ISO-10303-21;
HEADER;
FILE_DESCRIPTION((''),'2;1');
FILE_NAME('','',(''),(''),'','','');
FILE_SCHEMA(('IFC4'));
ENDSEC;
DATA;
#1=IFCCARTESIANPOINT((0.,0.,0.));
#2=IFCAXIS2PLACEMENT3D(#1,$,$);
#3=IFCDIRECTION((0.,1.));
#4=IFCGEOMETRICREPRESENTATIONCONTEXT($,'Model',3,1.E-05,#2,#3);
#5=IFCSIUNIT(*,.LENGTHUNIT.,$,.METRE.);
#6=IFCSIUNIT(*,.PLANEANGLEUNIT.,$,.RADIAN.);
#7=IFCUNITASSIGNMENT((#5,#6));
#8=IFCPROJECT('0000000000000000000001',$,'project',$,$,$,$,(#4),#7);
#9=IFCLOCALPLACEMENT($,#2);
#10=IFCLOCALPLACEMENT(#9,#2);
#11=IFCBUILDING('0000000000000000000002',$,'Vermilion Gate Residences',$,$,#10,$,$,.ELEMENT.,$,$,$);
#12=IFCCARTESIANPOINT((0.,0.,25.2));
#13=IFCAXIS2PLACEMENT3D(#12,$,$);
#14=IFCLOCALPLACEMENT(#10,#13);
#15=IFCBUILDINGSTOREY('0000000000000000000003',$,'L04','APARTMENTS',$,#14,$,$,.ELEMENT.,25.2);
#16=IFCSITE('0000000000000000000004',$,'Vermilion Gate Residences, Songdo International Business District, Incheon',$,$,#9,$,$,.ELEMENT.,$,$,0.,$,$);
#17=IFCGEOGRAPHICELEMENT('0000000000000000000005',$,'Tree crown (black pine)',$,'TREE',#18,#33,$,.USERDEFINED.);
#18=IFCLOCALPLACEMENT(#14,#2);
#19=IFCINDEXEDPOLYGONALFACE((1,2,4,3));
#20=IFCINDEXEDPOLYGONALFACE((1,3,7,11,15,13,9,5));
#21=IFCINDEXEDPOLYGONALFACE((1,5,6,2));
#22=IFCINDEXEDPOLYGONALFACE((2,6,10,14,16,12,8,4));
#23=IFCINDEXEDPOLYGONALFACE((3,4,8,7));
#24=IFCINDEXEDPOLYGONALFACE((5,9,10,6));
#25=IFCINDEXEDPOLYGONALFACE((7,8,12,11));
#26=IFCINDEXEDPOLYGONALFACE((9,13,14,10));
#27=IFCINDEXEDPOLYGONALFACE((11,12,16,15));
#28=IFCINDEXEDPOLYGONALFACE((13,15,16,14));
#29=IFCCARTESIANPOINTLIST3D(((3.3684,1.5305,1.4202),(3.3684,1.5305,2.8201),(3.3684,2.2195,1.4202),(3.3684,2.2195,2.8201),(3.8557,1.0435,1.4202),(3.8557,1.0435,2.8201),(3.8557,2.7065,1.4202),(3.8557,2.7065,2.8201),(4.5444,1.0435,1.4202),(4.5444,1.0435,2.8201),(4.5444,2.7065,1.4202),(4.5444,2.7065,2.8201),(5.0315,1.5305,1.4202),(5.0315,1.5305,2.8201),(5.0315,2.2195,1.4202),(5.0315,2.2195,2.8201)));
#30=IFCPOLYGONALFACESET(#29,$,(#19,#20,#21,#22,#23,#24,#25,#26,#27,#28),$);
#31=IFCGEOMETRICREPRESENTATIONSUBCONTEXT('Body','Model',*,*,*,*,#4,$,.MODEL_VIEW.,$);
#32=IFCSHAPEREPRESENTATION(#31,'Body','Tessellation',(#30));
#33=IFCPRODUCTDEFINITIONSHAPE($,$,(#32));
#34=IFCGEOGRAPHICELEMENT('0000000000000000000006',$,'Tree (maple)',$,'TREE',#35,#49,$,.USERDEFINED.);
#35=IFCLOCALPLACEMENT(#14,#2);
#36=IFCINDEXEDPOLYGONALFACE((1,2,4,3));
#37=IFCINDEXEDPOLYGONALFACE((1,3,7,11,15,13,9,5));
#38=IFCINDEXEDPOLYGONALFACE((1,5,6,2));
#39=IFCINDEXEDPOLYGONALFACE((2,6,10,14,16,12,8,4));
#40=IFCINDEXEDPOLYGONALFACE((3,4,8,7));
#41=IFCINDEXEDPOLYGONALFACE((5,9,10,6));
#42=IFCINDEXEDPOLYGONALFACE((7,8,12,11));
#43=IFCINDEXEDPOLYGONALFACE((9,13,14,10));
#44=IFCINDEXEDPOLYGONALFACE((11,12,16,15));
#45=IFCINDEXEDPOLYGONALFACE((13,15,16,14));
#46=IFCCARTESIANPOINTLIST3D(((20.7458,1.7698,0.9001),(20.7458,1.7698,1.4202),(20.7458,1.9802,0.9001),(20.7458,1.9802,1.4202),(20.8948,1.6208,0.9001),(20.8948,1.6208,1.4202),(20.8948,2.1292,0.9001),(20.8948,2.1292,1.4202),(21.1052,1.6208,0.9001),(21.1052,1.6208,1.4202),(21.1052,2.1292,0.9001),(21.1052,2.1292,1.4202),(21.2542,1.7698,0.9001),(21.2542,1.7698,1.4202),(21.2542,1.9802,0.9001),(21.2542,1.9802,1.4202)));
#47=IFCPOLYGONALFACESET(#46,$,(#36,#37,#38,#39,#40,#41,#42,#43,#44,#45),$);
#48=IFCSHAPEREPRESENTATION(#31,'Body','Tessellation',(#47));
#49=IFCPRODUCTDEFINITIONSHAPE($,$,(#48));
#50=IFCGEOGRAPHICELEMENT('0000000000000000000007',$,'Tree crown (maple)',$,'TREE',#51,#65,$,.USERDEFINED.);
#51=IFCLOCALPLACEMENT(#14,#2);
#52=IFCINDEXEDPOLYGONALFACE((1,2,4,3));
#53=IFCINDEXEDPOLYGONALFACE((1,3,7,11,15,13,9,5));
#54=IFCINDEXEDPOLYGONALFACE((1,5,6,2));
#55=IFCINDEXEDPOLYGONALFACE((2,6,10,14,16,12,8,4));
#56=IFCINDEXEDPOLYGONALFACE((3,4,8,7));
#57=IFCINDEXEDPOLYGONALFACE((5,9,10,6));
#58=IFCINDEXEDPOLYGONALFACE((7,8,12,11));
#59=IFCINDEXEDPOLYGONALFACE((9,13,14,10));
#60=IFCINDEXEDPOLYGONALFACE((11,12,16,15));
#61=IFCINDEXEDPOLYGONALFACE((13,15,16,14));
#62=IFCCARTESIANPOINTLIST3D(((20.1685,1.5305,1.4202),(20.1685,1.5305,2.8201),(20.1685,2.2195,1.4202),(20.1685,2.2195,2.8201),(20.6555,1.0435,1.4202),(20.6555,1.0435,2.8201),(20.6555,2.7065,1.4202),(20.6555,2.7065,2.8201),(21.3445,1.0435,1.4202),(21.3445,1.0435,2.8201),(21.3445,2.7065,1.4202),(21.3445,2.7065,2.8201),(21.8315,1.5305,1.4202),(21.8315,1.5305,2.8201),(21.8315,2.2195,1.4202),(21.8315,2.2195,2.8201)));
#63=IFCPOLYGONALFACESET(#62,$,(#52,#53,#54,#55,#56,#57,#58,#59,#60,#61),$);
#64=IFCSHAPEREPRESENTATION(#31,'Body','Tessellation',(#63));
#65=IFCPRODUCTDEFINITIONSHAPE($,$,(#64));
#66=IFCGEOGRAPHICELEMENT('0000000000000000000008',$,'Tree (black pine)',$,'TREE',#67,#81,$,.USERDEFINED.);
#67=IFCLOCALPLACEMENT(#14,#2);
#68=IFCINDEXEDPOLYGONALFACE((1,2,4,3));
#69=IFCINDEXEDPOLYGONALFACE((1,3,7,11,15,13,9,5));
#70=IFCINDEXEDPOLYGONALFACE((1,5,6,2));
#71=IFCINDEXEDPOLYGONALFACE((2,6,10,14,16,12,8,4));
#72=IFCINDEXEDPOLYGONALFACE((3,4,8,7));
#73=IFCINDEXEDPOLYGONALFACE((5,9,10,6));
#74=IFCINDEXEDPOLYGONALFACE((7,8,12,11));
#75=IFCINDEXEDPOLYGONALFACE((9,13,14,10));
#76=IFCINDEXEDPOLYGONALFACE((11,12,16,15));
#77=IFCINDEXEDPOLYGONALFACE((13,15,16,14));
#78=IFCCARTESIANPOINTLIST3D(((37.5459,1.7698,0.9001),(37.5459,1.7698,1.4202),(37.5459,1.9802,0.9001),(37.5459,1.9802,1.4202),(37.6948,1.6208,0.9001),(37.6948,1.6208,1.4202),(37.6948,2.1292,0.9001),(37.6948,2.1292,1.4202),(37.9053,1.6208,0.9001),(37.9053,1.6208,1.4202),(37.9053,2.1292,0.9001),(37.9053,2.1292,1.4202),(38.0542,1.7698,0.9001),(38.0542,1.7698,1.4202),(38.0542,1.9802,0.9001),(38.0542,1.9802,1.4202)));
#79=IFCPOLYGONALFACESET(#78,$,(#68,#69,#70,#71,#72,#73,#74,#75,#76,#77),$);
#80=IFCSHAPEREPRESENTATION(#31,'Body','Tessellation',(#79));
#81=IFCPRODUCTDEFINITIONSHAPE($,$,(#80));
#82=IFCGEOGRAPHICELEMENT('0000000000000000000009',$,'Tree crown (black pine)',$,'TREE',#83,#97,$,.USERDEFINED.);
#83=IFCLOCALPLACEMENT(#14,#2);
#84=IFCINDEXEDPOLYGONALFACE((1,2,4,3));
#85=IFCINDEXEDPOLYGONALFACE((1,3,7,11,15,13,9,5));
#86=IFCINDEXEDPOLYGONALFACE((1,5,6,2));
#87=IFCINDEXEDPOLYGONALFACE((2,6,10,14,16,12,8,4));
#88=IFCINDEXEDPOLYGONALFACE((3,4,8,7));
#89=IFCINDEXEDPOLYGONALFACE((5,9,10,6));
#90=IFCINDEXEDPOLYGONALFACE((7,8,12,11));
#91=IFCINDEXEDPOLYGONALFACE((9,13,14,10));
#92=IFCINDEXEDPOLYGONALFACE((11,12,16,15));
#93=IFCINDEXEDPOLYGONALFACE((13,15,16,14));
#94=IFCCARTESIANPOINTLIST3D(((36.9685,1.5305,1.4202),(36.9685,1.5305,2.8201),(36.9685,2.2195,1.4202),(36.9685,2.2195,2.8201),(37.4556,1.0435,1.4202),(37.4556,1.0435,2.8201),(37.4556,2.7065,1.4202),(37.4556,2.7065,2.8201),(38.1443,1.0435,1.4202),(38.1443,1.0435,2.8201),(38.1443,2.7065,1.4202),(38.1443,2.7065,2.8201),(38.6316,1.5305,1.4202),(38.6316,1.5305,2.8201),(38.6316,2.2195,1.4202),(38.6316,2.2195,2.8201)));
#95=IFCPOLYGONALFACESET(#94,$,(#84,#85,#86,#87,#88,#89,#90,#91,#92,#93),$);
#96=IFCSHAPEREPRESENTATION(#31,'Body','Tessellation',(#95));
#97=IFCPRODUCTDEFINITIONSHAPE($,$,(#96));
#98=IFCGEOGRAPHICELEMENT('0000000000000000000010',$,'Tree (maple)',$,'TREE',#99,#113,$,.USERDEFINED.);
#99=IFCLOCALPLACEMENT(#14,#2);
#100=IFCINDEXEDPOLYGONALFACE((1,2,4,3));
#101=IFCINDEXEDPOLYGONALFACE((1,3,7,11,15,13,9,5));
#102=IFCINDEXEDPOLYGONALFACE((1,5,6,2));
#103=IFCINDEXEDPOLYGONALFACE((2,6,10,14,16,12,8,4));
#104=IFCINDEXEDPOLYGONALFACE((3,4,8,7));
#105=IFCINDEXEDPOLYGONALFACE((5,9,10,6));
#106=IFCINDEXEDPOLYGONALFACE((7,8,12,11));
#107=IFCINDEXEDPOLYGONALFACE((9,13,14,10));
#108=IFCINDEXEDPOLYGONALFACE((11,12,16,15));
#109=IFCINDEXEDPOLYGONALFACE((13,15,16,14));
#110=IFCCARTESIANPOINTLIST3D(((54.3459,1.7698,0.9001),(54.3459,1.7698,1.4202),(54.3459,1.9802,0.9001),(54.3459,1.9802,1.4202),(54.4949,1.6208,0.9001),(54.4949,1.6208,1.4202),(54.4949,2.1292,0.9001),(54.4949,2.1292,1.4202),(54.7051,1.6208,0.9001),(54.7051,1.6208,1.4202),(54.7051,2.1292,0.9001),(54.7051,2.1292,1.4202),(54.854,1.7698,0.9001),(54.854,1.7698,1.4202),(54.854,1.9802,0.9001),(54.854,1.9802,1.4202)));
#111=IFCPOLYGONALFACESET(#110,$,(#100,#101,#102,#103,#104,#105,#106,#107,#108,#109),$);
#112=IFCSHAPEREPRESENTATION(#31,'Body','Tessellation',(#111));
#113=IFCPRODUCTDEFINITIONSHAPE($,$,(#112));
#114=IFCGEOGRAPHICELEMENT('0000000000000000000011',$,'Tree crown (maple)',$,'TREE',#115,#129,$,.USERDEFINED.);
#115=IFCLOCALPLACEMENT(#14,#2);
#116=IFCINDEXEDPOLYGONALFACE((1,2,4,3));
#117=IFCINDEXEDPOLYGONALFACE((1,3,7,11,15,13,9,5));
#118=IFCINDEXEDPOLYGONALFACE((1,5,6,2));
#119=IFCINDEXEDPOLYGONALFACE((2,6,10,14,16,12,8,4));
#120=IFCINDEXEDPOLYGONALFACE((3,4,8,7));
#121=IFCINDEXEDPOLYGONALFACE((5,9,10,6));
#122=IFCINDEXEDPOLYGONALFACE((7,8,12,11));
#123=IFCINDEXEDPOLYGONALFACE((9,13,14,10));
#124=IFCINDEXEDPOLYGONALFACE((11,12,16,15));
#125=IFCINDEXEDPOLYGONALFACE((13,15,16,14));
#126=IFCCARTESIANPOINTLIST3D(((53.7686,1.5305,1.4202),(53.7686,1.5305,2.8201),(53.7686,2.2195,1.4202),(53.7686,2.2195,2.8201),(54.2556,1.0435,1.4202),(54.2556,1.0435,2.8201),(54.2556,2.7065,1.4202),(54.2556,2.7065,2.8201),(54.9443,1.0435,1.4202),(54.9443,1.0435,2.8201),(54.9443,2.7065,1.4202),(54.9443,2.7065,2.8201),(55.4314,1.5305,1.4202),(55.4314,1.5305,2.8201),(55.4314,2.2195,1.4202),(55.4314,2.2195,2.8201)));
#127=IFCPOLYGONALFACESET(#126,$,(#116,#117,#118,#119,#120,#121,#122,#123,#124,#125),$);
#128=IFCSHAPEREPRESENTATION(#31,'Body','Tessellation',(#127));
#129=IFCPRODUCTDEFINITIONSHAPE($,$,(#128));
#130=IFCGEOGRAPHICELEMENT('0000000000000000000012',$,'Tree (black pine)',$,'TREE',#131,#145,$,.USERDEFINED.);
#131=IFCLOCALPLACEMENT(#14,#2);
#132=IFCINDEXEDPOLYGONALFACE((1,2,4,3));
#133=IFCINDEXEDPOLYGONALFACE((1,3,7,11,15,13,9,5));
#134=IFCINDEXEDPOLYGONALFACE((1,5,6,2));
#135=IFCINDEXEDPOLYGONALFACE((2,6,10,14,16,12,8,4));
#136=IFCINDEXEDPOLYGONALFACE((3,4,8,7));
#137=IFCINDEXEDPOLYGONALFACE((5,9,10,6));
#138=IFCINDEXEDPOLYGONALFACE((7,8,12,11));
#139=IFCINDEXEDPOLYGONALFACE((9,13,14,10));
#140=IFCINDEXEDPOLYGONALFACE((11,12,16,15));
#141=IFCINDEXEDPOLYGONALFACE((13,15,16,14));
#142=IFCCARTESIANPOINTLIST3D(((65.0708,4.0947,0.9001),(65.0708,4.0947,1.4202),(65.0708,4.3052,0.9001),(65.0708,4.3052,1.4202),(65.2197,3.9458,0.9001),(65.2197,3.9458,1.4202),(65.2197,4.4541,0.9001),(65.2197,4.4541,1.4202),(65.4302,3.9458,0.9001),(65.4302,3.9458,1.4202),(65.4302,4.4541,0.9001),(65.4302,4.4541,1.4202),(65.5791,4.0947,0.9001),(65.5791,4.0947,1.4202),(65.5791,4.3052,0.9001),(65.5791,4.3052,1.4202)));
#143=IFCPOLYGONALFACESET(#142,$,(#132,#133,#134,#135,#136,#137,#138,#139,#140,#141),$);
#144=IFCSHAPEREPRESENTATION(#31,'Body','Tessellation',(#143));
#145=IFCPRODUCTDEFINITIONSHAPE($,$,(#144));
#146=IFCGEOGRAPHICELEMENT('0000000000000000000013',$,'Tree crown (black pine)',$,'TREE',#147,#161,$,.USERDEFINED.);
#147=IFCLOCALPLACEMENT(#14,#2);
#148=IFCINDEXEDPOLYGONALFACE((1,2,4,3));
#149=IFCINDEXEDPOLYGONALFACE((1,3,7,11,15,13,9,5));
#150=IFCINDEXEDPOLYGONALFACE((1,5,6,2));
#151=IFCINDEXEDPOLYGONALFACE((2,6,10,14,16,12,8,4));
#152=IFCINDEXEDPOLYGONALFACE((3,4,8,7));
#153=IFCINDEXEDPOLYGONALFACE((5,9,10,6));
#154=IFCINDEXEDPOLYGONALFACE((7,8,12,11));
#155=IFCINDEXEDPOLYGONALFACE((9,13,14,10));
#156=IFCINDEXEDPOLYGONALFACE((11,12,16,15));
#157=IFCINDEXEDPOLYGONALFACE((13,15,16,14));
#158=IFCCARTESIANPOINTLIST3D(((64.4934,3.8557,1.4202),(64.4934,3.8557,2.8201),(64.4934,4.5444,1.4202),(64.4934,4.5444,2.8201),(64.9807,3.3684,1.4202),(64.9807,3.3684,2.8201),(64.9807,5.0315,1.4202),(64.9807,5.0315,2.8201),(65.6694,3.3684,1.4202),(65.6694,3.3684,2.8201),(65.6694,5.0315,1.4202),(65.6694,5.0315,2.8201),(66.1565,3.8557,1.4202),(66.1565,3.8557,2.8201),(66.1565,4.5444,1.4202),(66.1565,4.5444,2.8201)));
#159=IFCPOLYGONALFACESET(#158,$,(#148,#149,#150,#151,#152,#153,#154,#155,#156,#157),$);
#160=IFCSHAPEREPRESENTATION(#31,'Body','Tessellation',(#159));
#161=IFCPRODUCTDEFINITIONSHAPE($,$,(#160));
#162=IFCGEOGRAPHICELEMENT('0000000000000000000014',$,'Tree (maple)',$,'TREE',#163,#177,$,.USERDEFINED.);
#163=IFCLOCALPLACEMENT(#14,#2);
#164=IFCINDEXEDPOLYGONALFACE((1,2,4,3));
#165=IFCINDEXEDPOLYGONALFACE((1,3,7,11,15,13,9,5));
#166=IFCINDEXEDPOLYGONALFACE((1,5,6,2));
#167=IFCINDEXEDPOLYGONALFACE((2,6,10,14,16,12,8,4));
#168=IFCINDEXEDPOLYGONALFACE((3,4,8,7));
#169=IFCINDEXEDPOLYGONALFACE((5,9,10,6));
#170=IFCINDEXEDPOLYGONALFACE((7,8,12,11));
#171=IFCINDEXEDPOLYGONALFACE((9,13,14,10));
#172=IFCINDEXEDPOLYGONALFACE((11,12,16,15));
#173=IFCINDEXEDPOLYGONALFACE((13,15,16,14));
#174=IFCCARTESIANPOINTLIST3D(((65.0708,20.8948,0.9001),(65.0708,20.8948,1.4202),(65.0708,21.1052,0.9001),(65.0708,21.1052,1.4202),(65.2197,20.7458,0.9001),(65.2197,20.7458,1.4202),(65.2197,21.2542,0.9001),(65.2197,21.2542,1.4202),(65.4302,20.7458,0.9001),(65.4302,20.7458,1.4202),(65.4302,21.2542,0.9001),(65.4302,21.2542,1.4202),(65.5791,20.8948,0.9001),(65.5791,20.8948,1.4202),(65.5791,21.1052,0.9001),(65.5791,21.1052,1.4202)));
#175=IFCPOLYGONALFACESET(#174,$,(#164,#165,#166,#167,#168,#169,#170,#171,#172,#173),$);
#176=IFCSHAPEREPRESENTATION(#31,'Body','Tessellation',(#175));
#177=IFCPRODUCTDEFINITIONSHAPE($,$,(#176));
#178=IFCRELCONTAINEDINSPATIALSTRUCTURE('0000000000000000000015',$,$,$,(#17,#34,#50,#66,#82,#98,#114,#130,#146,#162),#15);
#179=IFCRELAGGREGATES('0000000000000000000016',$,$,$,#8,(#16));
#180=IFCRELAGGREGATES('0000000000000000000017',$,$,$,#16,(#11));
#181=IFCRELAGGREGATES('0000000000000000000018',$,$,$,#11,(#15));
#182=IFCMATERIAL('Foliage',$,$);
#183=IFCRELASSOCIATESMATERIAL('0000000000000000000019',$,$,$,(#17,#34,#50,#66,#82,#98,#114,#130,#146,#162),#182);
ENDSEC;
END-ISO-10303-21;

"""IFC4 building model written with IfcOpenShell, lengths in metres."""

from ifc_helpers import new_model, si_unit, direction, frame, origin, place, context, subcontext, project, spatial, polyline, outline, extrude, material, element, save


model = new_model("IFC4")

# Units and contexts
model_context = context("Model", 3, precision=1e-05, world=origin(), true_north=direction((0.0, 1.0)))
body_context = subcontext(model_context, "Body", "Model", "MODEL_VIEW")
ifc_project = project(units=[si_unit("LENGTHUNIT", "METRE"), si_unit("PLANEANGLEUNIT", "RADIAN")], contexts=[model_context])

# Site, building, storey
site_placement = place(None, origin())
site = spatial("IfcSite", under=ifc_project, at=site_placement, Name="Vermilion Gate Residences, Songdo International Business District, Incheon", CompositionType="ELEMENT", RefElevation=0.0)
building_placement = place(site_placement, origin())
building = spatial("IfcBuilding", under=site, at=building_placement, Name="Vermilion Gate Residences", CompositionType="ELEMENT")
storey_placement = place(building_placement, frame((0.0, 0.0, 25.2)))
storey = spatial("IfcBuildingStorey", under=building, at=storey_placement, Name="L04", Description="APARTMENTS", CompositionType="ELEMENT", Elevation=25.2)

# Geographic elements
ifc_material_1 = material(Name="Foliage")
geographic_element_1_placement = place(storey_placement, frame((0.0, 0.0, 1.4202)))
element("IfcGeographicElement", 1, at=geographic_element_1_placement, inside=storey, material=ifc_material_1, Name="Tree crown (black pine)", ObjectType="TREE", PredefinedType="USERDEFINED", context=body_context, shape_type="SweptSolid", body=[
    extrude(outline(polyline([(5.0315, 2.2195), (4.5444, 2.7065), (3.8557, 2.7065), (3.3684, 2.2195), (3.3684, 1.5305), (3.8557, 1.0435), (4.5444, 1.0435), (5.0315, 1.5305), (5.0315, 2.2195)])), origin(), (0.0, 0.0, 1.0), 1.3999),
])
geographic_element_2_placement = place(storey_placement, frame((0.0, 0.0, 0.9001)))
element("IfcGeographicElement", 2, at=geographic_element_2_placement, inside=storey, material=ifc_material_1, Name="Tree (maple)", ObjectType="TREE", PredefinedType="USERDEFINED", context=body_context, shape_type="SweptSolid", body=[
    extrude(outline(polyline([(21.2542, 1.9802), (21.1052, 2.1292), (20.8948, 2.1292), (20.7458, 1.9802), (20.7458, 1.7698), (20.8948, 1.6208), (21.1052, 1.6208), (21.2542, 1.7698), (21.2542, 1.9802)])), origin(), (0.0, 0.0, 1.0), 0.52),
])
geographic_element_3_placement = place(storey_placement, frame((0.0, 0.0, 1.4202)))
element("IfcGeographicElement", 3, at=geographic_element_3_placement, inside=storey, material=ifc_material_1, Name="Tree crown (maple)", ObjectType="TREE", PredefinedType="USERDEFINED", context=body_context, shape_type="SweptSolid", body=[
    extrude(outline(polyline([(21.8315, 2.2195), (21.3445, 2.7065), (20.6555, 2.7065), (20.1685, 2.2195), (20.1685, 1.5305), (20.6555, 1.0435), (21.3445, 1.0435), (21.8315, 1.5305), (21.8315, 2.2195)])), origin(), (0.0, 0.0, 1.0), 1.3999),
])
geographic_element_4_placement = place(storey_placement, frame((0.0, 0.0, 0.9001)))
element("IfcGeographicElement", 4, at=geographic_element_4_placement, inside=storey, material=ifc_material_1, Name="Tree (black pine)", ObjectType="TREE", PredefinedType="USERDEFINED", context=body_context, shape_type="SweptSolid", body=[
    extrude(outline(polyline([(38.0542, 1.9802), (37.9053, 2.1292), (37.6948, 2.1292), (37.5459, 1.9802), (37.5459, 1.7698), (37.6948, 1.6208), (37.9053, 1.6208), (38.0542, 1.7698), (38.0542, 1.9802)])), origin(), (0.0, 0.0, 1.0), 0.52),
])
geographic_element_5_placement = place(storey_placement, frame((0.0, 0.0, 1.4202)))
element("IfcGeographicElement", 5, at=geographic_element_5_placement, inside=storey, material=ifc_material_1, Name="Tree crown (black pine)", ObjectType="TREE", PredefinedType="USERDEFINED", context=body_context, shape_type="SweptSolid", body=[
    extrude(outline(polyline([(38.6316, 2.2195), (38.1443, 2.7065), (37.4556, 2.7065), (36.9685, 2.2195), (36.9685, 1.5305), (37.4556, 1.0435), (38.1443, 1.0435), (38.6316, 1.5305), (38.6316, 2.2195)])), origin(), (0.0, 0.0, 1.0), 1.3999),
])
geographic_element_6_placement = place(storey_placement, frame((0.0, 0.0, 0.9001)))
element("IfcGeographicElement", 6, at=geographic_element_6_placement, inside=storey, material=ifc_material_1, Name="Tree (maple)", ObjectType="TREE", PredefinedType="USERDEFINED", context=body_context, shape_type="SweptSolid", body=[
    extrude(outline(polyline([(54.854, 1.9802), (54.7051, 2.1292), (54.4949, 2.1292), (54.3459, 1.9802), (54.3459, 1.7698), (54.4949, 1.6208), (54.7051, 1.6208), (54.854, 1.7698), (54.854, 1.9802)])), origin(), (0.0, 0.0, 1.0), 0.52),
])
geographic_element_7_placement = place(storey_placement, frame((0.0, 0.0, 1.4202)))
element("IfcGeographicElement", 7, at=geographic_element_7_placement, inside=storey, material=ifc_material_1, Name="Tree crown (maple)", ObjectType="TREE", PredefinedType="USERDEFINED", context=body_context, shape_type="SweptSolid", body=[
    extrude(outline(polyline([(55.4314, 2.2195), (54.9443, 2.7065), (54.2556, 2.7065), (53.7686, 2.2195), (53.7686, 1.5305), (54.2556, 1.0435), (54.9443, 1.0435), (55.4314, 1.5305), (55.4314, 2.2195)])), origin(), (0.0, 0.0, 1.0), 1.3999),
])
geographic_element_8_placement = place(storey_placement, frame((0.0, 0.0, 0.9001)))
element("IfcGeographicElement", 8, at=geographic_element_8_placement, inside=storey, material=ifc_material_1, Name="Tree (black pine)", ObjectType="TREE", PredefinedType="USERDEFINED", context=body_context, shape_type="SweptSolid", body=[
    extrude(outline(polyline([(65.5791, 4.3052), (65.4302, 4.4541), (65.2197, 4.4541), (65.0708, 4.3052), (65.0708, 4.0947), (65.2197, 3.9458), (65.4302, 3.9458), (65.5791, 4.0947), (65.5791, 4.3052)])), origin(), (0.0, 0.0, 1.0), 0.52),
])
geographic_element_9_placement = place(storey_placement, frame((0.0, 0.0, 1.4202)))
element("IfcGeographicElement", 9, at=geographic_element_9_placement, inside=storey, material=ifc_material_1, Name="Tree crown (black pine)", ObjectType="TREE", PredefinedType="USERDEFINED", context=body_context, shape_type="SweptSolid", body=[
    extrude(outline(polyline([(66.1565, 4.5444), (65.6694, 5.0315), (64.9807, 5.0315), (64.4934, 4.5444), (64.4934, 3.8557), (64.9807, 3.3684), (65.6694, 3.3684), (66.1565, 3.8557), (66.1565, 4.5444)])), origin(), (0.0, 0.0, 1.0), 1.3999),
])
geographic_element_10_placement = place(storey_placement, frame((0.0, 0.0, 0.9001)))
element("IfcGeographicElement", 10, at=geographic_element_10_placement, inside=storey, material=ifc_material_1, Name="Tree (maple)", ObjectType="TREE", PredefinedType="USERDEFINED", context=body_context, shape_type="SweptSolid", body=[
    extrude(outline(polyline([(65.5791, 21.1052), (65.4302, 21.2542), (65.2197, 21.2542), (65.0708, 21.1052), (65.0708, 20.8948), (65.2197, 20.7458), (65.4302, 20.7458), (65.5791, 20.8948), (65.5791, 21.1052)])), origin(), (0.0, 0.0, 1.0), 0.52),
])

save(model, "model.ifc")
